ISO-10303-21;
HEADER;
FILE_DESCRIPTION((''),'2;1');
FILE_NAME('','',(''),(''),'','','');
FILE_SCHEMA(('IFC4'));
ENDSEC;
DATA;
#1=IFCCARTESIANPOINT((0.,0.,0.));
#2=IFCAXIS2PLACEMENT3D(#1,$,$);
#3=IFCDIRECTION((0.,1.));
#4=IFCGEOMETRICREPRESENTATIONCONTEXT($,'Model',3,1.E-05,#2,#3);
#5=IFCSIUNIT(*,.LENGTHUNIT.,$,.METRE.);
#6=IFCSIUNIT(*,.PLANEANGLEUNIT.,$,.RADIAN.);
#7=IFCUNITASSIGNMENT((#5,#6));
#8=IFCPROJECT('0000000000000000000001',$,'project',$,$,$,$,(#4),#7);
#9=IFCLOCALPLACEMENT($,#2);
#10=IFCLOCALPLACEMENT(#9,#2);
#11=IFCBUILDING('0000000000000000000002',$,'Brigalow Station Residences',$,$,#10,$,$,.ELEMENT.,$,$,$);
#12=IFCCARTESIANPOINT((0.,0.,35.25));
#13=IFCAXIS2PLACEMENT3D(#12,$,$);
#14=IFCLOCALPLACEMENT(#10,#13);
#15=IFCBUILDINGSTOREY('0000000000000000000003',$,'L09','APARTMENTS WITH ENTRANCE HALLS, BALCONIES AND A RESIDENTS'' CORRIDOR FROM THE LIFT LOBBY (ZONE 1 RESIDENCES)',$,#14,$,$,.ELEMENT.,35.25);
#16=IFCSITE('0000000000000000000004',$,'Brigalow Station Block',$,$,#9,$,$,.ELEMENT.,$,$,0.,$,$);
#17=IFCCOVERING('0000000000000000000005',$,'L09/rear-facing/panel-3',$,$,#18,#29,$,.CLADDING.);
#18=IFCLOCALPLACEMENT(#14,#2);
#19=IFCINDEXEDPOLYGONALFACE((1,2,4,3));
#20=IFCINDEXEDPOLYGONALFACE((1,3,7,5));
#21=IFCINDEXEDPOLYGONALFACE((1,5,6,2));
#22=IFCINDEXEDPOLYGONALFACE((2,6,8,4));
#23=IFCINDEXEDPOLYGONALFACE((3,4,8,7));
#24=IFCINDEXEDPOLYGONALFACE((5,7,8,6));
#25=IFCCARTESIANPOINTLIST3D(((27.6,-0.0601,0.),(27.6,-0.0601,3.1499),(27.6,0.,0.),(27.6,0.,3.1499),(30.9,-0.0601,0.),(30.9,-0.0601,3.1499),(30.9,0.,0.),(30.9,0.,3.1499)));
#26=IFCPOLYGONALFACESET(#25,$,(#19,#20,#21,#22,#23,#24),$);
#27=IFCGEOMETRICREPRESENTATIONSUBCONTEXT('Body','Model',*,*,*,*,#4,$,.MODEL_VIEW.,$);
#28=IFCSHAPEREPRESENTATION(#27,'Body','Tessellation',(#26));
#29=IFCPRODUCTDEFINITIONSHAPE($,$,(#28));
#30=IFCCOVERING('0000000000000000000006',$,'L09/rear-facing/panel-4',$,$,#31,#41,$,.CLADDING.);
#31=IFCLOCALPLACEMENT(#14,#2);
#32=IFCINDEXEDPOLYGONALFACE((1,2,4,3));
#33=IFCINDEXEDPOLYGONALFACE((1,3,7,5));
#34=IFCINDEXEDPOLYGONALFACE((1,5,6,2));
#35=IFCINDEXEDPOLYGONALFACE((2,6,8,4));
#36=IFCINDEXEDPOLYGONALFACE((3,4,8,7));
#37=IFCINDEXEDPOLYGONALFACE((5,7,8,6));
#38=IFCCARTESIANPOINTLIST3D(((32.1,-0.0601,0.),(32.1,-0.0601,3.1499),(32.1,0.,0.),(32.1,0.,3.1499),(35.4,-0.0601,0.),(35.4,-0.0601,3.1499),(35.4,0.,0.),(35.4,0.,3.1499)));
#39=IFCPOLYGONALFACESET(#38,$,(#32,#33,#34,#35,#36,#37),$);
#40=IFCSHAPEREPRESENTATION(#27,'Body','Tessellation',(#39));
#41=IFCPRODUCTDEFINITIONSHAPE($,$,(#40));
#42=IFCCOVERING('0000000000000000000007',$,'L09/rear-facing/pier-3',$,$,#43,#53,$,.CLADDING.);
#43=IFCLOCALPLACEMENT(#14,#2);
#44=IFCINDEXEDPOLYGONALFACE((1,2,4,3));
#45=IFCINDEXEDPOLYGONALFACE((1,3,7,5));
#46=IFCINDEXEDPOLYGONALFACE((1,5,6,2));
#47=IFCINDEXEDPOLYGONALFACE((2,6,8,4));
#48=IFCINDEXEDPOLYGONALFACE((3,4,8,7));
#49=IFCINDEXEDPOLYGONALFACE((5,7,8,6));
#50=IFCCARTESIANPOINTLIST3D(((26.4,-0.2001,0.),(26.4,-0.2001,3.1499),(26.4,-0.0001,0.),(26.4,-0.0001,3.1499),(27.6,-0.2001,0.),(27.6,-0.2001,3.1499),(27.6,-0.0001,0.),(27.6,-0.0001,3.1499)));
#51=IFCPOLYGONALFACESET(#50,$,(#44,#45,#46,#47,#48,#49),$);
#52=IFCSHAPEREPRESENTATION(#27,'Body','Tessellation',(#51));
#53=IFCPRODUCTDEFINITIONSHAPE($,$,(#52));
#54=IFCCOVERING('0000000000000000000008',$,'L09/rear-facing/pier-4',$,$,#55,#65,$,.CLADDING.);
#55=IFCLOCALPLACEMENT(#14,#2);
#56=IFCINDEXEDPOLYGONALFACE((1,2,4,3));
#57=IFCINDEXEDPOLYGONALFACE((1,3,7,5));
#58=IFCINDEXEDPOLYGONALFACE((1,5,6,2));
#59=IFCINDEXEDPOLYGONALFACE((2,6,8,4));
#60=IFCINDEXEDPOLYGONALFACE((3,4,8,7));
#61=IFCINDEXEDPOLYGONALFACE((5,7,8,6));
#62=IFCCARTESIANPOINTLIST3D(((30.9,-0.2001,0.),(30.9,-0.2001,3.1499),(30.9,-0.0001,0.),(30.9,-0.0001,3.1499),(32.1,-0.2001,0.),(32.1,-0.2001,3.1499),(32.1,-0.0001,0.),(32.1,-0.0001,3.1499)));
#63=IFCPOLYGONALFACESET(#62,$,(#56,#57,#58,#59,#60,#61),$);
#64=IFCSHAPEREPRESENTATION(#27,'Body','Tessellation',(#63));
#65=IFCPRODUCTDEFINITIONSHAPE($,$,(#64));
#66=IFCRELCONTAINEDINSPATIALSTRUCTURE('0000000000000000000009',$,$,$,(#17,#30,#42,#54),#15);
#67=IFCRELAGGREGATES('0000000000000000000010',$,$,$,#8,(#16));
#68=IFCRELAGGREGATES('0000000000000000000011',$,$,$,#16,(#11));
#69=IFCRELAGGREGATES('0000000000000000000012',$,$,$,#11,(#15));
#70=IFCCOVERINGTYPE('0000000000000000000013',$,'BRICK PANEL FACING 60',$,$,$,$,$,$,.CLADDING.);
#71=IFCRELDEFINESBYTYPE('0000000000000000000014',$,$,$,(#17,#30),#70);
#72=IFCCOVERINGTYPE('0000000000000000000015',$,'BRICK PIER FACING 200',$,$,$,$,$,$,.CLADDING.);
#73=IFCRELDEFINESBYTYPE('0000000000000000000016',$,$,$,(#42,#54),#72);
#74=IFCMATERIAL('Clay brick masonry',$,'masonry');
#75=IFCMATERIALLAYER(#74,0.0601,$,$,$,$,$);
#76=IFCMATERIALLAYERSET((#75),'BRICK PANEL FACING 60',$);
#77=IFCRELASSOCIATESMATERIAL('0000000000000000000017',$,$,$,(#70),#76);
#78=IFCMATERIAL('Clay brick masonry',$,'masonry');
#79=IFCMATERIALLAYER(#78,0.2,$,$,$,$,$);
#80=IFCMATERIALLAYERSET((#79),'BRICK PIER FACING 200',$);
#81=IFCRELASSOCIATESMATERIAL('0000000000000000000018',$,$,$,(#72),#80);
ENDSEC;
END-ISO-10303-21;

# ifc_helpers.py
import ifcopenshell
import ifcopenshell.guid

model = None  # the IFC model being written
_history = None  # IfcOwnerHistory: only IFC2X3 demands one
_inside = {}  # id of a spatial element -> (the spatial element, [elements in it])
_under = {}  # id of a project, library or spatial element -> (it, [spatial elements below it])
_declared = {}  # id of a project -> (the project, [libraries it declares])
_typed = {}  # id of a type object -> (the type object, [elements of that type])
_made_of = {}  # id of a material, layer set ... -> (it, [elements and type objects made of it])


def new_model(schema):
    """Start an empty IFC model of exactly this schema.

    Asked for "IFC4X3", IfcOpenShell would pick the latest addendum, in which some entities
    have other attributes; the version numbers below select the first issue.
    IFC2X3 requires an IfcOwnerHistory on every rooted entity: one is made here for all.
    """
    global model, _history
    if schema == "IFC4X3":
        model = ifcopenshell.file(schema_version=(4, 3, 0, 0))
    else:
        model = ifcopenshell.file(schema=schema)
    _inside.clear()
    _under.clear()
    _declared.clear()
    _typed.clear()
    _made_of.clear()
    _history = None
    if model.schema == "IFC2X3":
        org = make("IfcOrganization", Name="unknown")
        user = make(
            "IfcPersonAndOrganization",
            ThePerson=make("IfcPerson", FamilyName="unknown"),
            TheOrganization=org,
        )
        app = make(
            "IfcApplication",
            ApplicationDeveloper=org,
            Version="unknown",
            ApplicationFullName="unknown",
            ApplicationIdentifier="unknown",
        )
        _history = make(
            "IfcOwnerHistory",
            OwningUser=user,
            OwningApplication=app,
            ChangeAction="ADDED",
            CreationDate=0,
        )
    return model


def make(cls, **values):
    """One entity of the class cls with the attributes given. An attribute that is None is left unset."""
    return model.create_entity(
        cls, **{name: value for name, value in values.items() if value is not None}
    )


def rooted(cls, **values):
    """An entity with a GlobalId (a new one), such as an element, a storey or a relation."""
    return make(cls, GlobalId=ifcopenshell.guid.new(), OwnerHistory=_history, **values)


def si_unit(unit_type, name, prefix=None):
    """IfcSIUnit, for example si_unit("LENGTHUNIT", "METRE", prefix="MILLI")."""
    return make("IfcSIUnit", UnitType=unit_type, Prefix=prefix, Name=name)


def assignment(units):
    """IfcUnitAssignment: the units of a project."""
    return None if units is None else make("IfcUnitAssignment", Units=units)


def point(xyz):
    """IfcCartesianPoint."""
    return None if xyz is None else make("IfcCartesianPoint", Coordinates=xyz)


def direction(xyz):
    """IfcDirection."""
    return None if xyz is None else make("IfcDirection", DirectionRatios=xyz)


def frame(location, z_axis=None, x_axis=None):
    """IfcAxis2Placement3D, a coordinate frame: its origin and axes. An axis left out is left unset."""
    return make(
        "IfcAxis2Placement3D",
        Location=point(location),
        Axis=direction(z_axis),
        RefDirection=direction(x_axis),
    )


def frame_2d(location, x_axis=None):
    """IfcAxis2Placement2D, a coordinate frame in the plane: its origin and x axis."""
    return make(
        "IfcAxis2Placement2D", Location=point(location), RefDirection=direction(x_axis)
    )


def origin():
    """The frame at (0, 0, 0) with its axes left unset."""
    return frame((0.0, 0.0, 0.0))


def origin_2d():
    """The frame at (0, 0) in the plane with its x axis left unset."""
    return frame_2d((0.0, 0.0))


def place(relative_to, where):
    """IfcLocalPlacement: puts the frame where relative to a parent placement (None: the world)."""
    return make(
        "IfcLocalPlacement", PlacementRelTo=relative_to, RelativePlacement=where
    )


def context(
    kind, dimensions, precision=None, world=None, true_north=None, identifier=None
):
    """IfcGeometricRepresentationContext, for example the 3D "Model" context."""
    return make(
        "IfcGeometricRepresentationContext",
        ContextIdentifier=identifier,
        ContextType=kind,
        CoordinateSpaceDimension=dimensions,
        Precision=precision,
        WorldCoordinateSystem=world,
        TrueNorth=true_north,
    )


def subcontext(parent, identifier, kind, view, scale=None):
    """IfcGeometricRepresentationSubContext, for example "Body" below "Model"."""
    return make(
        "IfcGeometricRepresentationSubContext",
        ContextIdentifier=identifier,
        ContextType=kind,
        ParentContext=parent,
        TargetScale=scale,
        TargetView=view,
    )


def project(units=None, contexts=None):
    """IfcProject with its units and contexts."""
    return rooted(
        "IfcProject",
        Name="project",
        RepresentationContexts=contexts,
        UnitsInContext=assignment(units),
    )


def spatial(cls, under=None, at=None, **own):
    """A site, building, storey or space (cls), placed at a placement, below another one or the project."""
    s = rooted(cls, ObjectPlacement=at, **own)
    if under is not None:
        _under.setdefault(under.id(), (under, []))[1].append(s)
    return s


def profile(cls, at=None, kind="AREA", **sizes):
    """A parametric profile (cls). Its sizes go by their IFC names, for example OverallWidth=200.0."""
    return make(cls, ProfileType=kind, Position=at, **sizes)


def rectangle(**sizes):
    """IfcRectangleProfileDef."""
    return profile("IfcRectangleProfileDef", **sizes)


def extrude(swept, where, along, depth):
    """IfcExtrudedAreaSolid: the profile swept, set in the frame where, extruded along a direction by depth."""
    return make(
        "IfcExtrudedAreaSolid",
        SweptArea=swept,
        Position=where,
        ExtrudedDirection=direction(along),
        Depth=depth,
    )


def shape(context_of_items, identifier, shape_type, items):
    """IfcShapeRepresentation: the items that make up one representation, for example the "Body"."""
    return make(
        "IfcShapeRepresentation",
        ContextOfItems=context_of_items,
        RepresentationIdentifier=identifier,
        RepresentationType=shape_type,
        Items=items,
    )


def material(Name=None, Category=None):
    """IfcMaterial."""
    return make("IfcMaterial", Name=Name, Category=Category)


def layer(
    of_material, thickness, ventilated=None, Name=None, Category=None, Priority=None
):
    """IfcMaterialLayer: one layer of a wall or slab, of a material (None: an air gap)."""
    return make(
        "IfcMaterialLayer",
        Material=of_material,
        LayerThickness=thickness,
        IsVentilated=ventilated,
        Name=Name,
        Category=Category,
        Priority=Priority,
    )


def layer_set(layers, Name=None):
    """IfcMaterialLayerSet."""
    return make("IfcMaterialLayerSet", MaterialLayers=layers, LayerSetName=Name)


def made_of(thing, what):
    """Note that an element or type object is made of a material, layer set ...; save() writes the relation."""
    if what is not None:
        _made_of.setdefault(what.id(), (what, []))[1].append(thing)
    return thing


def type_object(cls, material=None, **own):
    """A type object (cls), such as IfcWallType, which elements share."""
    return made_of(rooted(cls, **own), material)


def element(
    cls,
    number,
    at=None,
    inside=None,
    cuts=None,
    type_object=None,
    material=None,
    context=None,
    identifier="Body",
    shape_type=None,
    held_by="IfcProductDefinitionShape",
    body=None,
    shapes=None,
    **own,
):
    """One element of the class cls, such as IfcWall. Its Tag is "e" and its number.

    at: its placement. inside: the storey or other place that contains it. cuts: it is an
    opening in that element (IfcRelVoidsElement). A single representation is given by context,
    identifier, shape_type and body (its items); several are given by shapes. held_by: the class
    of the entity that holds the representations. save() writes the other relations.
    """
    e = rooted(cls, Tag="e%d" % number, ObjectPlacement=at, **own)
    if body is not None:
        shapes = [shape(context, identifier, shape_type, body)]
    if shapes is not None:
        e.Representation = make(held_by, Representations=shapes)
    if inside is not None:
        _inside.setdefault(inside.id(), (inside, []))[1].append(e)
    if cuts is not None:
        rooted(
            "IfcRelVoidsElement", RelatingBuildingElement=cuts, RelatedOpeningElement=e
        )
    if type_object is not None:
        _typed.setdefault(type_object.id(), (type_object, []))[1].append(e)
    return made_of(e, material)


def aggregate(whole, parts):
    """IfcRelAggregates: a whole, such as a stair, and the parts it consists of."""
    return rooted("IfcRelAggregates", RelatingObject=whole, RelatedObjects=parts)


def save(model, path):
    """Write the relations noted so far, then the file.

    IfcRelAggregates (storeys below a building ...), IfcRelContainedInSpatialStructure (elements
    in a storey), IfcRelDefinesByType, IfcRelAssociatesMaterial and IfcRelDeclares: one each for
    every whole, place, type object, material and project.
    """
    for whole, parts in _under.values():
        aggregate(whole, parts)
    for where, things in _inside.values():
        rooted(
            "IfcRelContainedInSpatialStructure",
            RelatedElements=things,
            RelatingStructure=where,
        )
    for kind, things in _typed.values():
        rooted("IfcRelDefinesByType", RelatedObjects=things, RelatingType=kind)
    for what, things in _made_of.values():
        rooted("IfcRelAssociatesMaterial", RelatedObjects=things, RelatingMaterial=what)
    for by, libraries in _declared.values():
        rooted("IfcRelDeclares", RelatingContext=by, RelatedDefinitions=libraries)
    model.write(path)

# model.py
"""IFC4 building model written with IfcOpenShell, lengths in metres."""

from ifc_helpers import new_model, si_unit, direction, frame, origin, origin_2d, place, context, subcontext, project, spatial, rectangle, extrude, material, layer, layer_set, type_object, element, save


model = new_model("IFC4")

# Units and contexts
model_context = context("Model", 3, precision=1e-05, world=origin(), true_north=direction((0.0, 1.0)))
body_context = subcontext(model_context, "Body", "Model", "MODEL_VIEW")
ifc_project = project(units=[si_unit("LENGTHUNIT", "METRE"), si_unit("PLANEANGLEUNIT", "RADIAN")], contexts=[model_context])

# Site, building, storey
site_placement = place(None, origin())
site = spatial("IfcSite", under=ifc_project, at=site_placement, Name="Brigalow Station Block", CompositionType="ELEMENT", RefElevation=0.0)
building_placement = place(site_placement, origin())
building = spatial("IfcBuilding", under=site, at=building_placement, Name="Brigalow Station Residences", CompositionType="ELEMENT")
storey_placement = place(building_placement, frame((0.0, 0.0, 35.25)))
storey = spatial("IfcBuildingStorey", under=building, at=storey_placement, Name="L09", Description="APARTMENTS WITH ENTRANCE HALLS, BALCONIES AND A RESIDENTS' CORRIDOR FROM THE LIFT LOBBY (ZONE 1 RESIDENCES)", CompositionType="ELEMENT", Elevation=35.25)

# Coverings
ifc_material_1 = material(Name="Clay brick masonry", Category="masonry")
ifc_layer_1 = layer(ifc_material_1, 0.0601)
ifc_layer_set_1 = layer_set([ifc_layer_1], Name="BRICK PANEL FACING 60")
covering_type_1 = type_object("IfcCoveringType", Name="BRICK PANEL FACING 60", PredefinedType="CLADDING", material=ifc_layer_set_1)
for number, where, z_axis, x_axis, name in (
    (1, (29.25, -0.03, 0.0), (0.0, 0.0, 1.0), (1.0, 0.0, 0.0), "L09/rear-facing/panel-3"),
    (2, (33.75, -0.03, 0.0), (0.0, 0.0, 1.0), (1.0, 0.0, 0.0), "L09/rear-facing/panel-4"),
):
    element("IfcCovering", number, at=place(storey_placement, frame(where, z_axis=z_axis, x_axis=x_axis)), inside=storey, type_object=covering_type_1, Name=name, PredefinedType="CLADDING", context=body_context, shape_type="SweptSolid", body=[
        extrude(rectangle(XDim=3.3, YDim=0.0601, at=origin_2d()), origin(), (0.0, 0.0, 1.0), 3.1499),
    ])
ifc_material_2 = material(Name="Clay brick masonry", Category="masonry")
ifc_layer_2 = layer(ifc_material_2, 0.2)
ifc_layer_set_2 = layer_set([ifc_layer_2], Name="BRICK PIER FACING 200")
covering_type_2 = type_object("IfcCoveringType", Name="BRICK PIER FACING 200", PredefinedType="CLADDING", material=ifc_layer_set_2)
for number, where, z_axis, x_axis, name in (
    (3, (27.0, -0.1001, 0.0), (0.0, 0.0, 1.0), (1.0, 0.0, 0.0), "L09/rear-facing/pier-3"),
    (4, (31.5, -0.1001, 0.0), (0.0, 0.0, 1.0), (1.0, 0.0, 0.0), "L09/rear-facing/pier-4"),
):
    element("IfcCovering", number, at=place(storey_placement, frame(where, z_axis=z_axis, x_axis=x_axis)), inside=storey, type_object=covering_type_2, Name=name, PredefinedType="CLADDING", context=body_context, shape_type="SweptSolid", body=[
        extrude(rectangle(XDim=1.2, YDim=0.2, at=origin_2d()), origin(), (0.0, 0.0, 1.0), 3.1499),
    ])

save(model, "model.ifc")
